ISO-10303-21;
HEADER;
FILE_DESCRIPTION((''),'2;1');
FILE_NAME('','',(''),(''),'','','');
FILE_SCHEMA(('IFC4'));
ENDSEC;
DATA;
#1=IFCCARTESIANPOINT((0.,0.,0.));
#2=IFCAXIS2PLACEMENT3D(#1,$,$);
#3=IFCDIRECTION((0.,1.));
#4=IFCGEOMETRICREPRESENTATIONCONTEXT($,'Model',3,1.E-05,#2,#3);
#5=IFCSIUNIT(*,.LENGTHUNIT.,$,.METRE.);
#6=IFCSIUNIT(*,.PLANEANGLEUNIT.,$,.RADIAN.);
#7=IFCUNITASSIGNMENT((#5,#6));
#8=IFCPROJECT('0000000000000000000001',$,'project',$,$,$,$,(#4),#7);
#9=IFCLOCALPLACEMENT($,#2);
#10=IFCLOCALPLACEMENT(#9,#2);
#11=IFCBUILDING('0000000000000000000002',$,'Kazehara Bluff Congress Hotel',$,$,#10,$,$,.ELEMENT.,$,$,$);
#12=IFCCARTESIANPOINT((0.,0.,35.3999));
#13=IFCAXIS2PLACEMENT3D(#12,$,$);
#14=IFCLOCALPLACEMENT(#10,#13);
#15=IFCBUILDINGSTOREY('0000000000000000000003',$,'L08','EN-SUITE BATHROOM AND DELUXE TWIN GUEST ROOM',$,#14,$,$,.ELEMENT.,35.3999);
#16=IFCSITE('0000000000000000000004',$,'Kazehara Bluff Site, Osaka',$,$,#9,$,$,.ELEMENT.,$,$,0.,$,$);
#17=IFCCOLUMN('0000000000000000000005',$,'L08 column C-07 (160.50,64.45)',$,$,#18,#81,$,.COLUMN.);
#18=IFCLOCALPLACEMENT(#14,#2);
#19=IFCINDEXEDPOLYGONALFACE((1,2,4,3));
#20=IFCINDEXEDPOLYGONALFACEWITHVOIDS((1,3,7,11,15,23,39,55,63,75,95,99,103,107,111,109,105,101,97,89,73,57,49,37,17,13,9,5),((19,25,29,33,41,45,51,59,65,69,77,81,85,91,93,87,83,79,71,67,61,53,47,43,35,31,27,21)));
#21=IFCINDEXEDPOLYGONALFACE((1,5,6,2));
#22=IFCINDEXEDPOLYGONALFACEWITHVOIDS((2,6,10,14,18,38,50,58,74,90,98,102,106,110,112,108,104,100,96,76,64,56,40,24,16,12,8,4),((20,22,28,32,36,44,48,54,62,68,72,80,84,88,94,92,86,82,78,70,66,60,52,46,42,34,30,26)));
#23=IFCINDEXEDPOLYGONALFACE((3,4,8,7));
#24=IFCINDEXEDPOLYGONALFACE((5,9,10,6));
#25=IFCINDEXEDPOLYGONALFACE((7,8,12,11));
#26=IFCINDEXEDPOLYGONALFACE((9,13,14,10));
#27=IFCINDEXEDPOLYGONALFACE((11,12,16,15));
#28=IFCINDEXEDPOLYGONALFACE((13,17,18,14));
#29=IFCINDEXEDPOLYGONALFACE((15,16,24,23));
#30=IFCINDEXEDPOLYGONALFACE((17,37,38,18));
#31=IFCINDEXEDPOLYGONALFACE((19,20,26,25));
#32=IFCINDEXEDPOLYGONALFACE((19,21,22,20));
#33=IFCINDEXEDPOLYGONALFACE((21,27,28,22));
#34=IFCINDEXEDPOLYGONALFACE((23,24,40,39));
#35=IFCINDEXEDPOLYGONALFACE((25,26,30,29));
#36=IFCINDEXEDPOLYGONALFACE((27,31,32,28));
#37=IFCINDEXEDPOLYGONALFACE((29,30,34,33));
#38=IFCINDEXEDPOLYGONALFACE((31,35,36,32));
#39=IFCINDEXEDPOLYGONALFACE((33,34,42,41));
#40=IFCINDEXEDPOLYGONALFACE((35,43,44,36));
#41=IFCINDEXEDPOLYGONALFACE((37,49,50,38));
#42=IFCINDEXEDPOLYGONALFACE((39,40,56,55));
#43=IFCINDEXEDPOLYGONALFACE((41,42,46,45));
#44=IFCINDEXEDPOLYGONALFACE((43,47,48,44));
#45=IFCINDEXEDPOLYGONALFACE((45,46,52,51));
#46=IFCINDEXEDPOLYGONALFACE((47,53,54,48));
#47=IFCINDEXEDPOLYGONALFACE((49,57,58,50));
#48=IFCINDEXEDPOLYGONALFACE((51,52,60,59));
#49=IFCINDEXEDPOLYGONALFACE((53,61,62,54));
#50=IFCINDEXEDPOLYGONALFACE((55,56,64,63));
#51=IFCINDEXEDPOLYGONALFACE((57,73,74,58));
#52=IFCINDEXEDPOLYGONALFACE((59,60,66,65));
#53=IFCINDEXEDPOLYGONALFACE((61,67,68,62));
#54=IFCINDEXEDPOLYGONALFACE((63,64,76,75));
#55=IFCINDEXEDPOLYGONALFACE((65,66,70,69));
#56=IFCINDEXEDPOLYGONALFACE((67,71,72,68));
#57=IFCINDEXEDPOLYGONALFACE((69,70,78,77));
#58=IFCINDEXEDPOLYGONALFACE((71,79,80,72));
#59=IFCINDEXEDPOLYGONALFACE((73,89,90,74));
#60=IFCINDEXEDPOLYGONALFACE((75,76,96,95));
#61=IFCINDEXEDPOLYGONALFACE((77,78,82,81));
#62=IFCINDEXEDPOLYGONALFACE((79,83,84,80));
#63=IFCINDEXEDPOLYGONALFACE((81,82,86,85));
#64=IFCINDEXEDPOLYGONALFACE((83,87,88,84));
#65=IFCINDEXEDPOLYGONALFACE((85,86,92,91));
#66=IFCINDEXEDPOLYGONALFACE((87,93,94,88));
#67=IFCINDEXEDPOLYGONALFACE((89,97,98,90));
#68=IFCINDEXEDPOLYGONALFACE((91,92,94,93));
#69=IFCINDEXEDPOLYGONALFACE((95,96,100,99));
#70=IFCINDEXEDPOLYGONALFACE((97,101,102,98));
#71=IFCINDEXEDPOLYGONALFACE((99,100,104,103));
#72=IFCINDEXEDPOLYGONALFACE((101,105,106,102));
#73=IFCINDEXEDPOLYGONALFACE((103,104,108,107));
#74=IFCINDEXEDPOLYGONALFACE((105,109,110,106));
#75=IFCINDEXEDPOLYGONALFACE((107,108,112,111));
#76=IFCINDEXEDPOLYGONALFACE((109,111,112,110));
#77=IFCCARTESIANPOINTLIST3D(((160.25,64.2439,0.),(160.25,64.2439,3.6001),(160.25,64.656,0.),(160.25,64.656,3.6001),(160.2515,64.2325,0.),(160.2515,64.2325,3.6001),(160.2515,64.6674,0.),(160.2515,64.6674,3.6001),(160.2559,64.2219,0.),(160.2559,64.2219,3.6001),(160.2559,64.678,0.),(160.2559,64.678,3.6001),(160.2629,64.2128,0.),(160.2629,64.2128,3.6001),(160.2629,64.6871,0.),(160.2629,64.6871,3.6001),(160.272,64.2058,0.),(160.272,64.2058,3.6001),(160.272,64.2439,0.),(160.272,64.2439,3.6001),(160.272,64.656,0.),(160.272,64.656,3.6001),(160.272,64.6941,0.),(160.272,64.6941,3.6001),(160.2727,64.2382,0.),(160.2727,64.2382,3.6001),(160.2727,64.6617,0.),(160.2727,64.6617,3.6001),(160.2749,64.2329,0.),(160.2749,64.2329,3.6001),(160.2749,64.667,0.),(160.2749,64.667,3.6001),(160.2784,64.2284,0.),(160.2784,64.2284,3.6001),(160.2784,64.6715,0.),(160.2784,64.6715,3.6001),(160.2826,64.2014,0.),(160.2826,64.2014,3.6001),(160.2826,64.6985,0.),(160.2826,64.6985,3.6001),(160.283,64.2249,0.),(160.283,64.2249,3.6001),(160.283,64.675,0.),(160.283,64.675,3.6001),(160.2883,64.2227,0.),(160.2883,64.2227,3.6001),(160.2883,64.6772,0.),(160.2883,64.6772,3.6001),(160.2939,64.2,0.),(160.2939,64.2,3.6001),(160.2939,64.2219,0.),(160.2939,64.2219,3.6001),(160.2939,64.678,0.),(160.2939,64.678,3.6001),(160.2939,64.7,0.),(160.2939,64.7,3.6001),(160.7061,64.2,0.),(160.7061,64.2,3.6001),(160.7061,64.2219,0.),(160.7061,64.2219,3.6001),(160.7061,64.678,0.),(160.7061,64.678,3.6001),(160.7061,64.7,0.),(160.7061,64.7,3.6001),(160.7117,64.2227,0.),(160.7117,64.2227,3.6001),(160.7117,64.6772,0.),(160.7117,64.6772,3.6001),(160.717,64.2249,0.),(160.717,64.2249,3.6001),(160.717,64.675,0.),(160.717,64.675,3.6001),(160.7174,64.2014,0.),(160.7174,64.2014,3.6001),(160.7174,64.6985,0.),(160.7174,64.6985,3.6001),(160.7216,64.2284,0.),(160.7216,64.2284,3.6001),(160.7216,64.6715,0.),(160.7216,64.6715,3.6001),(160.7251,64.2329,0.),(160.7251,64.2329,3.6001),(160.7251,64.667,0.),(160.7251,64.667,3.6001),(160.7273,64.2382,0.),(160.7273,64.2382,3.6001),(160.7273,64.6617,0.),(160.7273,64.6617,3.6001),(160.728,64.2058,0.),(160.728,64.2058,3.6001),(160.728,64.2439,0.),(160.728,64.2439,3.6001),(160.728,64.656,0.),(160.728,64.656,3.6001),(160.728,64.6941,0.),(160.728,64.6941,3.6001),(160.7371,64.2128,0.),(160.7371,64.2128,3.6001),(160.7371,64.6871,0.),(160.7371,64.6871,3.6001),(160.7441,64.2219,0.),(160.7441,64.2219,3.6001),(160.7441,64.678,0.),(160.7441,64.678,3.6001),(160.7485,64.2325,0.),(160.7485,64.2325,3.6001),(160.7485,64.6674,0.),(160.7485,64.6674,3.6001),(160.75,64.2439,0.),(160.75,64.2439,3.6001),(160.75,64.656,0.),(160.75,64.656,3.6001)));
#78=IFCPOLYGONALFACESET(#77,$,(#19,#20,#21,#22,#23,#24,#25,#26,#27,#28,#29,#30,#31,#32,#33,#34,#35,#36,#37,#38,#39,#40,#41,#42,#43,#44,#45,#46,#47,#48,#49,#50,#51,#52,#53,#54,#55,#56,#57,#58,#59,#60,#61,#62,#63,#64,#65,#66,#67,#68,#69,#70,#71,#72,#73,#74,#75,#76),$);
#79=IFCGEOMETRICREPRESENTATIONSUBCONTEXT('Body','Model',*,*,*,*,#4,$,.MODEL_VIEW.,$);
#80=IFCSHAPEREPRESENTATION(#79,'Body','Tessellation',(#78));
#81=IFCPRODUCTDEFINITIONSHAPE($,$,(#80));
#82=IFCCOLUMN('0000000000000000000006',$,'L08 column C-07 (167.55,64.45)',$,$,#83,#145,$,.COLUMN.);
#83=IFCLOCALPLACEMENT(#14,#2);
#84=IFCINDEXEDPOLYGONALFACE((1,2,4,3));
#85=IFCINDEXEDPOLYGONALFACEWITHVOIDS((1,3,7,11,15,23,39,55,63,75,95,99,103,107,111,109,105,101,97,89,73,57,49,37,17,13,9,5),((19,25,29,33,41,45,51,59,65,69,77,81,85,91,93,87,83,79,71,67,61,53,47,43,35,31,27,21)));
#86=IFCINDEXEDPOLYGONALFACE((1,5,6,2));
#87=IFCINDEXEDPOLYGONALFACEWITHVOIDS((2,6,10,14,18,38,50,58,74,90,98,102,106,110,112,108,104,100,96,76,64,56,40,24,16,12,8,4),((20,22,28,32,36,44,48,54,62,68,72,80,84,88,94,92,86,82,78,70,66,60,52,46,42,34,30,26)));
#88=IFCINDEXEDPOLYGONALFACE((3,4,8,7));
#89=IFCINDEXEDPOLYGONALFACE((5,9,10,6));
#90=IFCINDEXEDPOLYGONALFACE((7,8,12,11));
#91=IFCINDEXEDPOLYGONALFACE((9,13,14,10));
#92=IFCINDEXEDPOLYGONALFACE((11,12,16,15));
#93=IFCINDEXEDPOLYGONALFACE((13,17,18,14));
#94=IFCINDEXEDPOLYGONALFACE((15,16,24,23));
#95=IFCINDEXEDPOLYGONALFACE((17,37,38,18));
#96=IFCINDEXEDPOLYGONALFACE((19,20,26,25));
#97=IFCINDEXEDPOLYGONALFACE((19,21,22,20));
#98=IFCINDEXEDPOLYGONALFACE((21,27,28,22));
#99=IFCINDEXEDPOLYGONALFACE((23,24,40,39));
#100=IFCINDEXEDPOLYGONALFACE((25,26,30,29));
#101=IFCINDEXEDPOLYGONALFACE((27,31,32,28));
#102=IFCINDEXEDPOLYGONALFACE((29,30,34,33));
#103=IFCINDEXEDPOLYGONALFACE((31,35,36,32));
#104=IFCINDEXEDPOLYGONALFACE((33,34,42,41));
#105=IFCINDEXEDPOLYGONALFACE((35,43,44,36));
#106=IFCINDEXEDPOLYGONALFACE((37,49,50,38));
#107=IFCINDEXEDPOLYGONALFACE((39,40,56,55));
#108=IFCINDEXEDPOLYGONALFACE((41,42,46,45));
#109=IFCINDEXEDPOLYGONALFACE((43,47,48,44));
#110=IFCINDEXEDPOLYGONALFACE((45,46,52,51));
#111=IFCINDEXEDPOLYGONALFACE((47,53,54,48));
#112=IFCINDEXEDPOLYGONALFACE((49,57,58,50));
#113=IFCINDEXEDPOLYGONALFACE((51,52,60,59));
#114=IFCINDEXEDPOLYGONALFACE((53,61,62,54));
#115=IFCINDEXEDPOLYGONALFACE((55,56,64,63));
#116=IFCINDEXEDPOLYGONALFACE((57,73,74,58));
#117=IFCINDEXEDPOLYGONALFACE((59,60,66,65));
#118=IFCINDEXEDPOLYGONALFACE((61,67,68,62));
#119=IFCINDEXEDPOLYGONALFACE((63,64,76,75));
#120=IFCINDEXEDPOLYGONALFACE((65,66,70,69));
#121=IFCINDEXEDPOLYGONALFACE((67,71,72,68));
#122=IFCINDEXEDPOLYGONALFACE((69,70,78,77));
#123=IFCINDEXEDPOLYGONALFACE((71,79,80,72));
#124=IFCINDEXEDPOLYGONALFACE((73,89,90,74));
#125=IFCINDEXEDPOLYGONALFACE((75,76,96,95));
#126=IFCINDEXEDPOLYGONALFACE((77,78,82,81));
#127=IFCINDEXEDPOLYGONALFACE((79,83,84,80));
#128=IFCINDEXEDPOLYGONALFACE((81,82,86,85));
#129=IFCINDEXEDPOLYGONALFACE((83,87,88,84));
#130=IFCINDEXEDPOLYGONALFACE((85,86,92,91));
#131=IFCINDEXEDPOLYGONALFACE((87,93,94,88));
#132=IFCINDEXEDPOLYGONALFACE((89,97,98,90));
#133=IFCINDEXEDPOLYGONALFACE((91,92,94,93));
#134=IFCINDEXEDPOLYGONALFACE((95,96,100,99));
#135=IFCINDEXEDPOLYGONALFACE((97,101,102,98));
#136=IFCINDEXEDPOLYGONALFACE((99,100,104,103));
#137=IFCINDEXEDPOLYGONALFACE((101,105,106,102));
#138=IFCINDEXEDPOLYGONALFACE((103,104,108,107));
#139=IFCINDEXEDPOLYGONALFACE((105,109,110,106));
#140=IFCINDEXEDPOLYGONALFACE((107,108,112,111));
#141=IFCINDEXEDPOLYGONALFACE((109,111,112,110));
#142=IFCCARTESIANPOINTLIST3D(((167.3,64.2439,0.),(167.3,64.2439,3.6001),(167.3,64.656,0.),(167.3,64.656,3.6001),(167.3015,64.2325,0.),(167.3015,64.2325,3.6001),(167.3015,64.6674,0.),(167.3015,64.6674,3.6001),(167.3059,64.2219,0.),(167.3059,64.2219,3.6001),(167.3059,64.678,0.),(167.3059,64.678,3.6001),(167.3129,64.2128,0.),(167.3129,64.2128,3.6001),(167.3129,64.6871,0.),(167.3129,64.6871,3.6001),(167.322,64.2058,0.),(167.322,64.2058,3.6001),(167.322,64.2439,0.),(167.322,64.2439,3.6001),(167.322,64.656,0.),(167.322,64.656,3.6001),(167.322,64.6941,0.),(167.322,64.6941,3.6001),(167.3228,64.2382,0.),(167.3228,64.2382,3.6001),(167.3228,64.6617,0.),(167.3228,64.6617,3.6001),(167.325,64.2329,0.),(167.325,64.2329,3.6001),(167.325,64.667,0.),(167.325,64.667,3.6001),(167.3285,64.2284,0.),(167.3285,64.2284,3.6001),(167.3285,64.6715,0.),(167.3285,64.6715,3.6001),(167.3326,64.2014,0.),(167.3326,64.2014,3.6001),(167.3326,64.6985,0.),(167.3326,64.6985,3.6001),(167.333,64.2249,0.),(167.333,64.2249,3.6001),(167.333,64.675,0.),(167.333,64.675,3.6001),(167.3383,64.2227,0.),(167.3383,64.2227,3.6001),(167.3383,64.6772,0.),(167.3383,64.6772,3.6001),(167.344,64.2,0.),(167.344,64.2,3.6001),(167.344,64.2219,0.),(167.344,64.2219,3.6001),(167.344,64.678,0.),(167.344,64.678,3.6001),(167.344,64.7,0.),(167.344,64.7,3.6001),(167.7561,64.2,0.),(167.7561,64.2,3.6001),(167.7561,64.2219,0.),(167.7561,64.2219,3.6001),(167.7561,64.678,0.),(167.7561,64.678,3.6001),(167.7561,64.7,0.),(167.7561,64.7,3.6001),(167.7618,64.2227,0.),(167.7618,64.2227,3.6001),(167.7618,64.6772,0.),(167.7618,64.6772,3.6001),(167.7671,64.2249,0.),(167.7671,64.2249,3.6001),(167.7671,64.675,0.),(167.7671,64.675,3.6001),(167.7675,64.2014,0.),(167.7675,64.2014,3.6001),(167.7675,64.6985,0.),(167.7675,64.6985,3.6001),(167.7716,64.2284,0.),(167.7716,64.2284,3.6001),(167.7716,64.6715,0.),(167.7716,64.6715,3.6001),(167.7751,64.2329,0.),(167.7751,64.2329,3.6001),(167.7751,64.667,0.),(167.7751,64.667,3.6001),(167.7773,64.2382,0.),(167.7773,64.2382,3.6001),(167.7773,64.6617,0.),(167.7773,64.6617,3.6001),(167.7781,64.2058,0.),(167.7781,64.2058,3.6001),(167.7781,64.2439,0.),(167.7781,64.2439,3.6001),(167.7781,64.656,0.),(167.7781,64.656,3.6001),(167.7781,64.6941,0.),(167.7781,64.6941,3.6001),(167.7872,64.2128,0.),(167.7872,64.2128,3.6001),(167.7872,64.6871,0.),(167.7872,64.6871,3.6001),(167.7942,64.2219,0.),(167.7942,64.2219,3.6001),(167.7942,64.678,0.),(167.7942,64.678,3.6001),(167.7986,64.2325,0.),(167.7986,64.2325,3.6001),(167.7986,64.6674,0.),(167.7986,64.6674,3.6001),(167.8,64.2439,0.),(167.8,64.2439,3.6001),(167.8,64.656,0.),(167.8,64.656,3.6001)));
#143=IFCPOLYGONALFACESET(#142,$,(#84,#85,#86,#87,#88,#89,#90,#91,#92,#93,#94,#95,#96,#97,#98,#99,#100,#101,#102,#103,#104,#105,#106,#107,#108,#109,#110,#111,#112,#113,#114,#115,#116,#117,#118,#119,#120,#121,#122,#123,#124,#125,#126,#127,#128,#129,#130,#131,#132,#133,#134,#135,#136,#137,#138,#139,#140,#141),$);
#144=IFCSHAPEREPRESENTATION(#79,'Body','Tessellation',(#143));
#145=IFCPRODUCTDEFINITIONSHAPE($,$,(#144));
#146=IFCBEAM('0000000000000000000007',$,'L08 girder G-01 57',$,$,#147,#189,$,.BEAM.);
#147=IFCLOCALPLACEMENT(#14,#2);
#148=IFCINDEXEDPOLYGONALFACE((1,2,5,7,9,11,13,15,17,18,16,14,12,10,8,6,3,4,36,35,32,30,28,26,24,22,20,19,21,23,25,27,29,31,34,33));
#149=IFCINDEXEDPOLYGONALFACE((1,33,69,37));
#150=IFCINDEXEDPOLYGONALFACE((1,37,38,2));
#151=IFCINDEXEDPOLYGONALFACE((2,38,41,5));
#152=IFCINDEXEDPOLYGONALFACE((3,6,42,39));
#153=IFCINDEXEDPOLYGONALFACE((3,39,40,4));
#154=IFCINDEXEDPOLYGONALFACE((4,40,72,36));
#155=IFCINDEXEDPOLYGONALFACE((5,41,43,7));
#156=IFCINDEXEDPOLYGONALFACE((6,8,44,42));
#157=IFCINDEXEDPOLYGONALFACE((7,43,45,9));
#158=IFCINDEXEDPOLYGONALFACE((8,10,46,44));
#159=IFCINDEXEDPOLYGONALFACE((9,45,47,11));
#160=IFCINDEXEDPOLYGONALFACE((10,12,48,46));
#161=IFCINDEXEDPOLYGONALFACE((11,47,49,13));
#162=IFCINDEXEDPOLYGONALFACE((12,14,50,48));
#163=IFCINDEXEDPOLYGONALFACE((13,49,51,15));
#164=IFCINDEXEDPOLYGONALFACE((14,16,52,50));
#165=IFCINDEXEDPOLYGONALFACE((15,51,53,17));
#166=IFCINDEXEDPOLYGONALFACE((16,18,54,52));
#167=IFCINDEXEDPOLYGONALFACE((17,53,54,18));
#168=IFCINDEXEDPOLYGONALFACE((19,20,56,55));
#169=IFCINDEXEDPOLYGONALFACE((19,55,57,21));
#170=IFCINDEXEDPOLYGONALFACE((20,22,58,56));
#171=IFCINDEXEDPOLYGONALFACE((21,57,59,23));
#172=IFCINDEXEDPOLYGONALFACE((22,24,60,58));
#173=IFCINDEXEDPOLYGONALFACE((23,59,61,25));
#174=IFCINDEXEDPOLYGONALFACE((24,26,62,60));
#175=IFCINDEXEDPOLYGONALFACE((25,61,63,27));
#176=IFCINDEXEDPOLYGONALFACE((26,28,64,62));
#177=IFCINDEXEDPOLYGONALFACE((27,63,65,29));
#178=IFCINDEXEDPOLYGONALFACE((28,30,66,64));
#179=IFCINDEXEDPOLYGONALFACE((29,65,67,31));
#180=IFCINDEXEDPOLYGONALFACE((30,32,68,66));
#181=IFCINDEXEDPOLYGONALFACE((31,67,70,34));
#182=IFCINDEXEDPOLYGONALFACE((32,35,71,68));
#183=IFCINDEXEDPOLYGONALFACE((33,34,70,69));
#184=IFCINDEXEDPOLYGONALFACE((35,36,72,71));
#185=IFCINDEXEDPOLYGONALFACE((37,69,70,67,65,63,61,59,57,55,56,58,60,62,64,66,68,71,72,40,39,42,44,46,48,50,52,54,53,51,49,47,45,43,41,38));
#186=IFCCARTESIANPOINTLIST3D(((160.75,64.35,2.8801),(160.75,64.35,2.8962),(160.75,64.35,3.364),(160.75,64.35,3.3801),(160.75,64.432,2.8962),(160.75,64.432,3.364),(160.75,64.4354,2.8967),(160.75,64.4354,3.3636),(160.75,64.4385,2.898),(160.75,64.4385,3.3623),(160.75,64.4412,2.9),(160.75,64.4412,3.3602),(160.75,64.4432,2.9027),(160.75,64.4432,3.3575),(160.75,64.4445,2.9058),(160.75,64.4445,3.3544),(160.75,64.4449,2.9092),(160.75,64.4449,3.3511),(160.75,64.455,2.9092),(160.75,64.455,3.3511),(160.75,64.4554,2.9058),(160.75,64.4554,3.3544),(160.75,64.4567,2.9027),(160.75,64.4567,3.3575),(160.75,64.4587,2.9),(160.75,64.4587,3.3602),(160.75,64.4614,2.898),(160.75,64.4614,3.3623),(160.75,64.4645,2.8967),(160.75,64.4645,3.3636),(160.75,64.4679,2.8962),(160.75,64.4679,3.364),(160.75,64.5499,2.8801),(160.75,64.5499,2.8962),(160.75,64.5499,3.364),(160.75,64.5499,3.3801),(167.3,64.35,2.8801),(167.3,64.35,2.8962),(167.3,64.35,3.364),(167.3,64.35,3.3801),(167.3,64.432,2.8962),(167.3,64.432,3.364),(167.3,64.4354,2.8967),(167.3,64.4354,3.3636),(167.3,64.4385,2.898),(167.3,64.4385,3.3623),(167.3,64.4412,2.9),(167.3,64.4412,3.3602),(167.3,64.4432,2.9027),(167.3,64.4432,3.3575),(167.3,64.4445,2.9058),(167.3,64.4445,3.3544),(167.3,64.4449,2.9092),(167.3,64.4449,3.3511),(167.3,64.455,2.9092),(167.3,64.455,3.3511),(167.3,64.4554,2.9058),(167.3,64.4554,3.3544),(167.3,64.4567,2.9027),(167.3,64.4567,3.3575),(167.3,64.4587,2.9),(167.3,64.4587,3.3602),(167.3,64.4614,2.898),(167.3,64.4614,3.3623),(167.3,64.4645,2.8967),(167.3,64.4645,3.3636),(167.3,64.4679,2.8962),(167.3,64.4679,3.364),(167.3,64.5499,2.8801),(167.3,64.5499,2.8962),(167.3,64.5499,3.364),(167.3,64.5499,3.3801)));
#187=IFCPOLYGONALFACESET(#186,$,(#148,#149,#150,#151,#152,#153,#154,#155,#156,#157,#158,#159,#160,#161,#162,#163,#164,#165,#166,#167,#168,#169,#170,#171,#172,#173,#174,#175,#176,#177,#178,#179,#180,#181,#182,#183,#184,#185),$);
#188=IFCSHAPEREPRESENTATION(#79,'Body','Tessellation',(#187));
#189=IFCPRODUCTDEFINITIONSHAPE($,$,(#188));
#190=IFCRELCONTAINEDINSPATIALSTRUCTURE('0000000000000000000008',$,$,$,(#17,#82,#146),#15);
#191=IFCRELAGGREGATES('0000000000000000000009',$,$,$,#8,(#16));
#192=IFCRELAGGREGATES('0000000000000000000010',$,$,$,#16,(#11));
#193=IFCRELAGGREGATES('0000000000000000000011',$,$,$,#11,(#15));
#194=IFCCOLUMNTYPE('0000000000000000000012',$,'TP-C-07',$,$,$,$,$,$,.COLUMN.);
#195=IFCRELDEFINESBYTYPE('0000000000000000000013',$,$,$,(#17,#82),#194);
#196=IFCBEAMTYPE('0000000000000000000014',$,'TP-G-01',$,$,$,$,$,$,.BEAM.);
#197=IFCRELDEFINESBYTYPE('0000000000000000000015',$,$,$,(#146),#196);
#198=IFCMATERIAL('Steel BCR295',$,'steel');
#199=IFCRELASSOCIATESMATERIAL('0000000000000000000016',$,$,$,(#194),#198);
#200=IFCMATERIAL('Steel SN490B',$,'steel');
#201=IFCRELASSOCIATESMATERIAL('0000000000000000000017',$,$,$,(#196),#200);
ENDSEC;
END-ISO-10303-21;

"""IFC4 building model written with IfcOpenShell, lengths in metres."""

from ifc_helpers import new_model, si_unit, direction, frame, origin, origin_2d, place, context, subcontext, project, spatial, hollow_rectangle, i_section, extrude, material, material_profile, profile_set, type_object, element, save


model = new_model("IFC4")

# Units and contexts
model_context = context("Model", 3, precision=1e-05, world=origin(), true_north=direction((0.0, 1.0)))
body_context = subcontext(model_context, "Body", "Model", "MODEL_VIEW")
ifc_project = project(units=[si_unit("LENGTHUNIT", "METRE"), si_unit("PLANEANGLEUNIT", "RADIAN")], contexts=[model_context])

# Site, building, storey
site_placement = place(None, origin())
site = spatial("IfcSite", under=ifc_project, at=site_placement, Name="Kazehara Bluff Site, Osaka", CompositionType="ELEMENT", RefElevation=0.0)
building_placement = place(site_placement, origin())
building = spatial("IfcBuilding", under=site, at=building_placement, Name="Kazehara Bluff Congress Hotel", CompositionType="ELEMENT")
storey_placement = place(building_placement, frame((0.0, 0.0, 35.3999)))
storey = spatial("IfcBuildingStorey", under=building, at=storey_placement, Name="L08", Description="EN-SUITE BATHROOM AND DELUXE TWIN GUEST ROOM", CompositionType="ELEMENT", Elevation=35.3999)

# Columns
ifc_material_1 = material(Name="Steel BCR295", Category="steel")
ifc_material_profile_1 = material_profile(ifc_material_1, hollow_rectangle(XDim=0.5, YDim=0.5, WallThickness=0.022, InnerFilletRadius=0.022, OuterFilletRadius=0.0439, at=origin_2d()))
ifc_profile_set_1 = profile_set([ifc_material_profile_1], Name="Steel BCR295")
column_type = type_object("IfcColumnType", Name="TP-C-07", PredefinedType="COLUMN", material=ifc_profile_set_1)
for number, where, z_axis, x_axis, name in (
    (1, (160.5, 64.45, 0.0), (0.0, 0.0, 1.0), (1.0, 0.0, 0.0), "L08 column C-07 (160.50,64.45)"),
    (2, (167.55, 64.45, 0.0), (0.0, 0.0, 1.0), (1.0, 0.0, 0.0), "L08 column C-07 (167.55,64.45)"),
):
    element("IfcColumn", number, at=place(storey_placement, frame(where, z_axis=z_axis, x_axis=x_axis)), inside=storey, type_object=column_type, Name=name, PredefinedType="COLUMN", context=body_context, shape_type="SweptSolid", body=[
        extrude(hollow_rectangle(XDim=0.5, YDim=0.5, WallThickness=0.022, InnerFilletRadius=0.022, OuterFilletRadius=0.0439, at=origin_2d()), origin(), (0.0, 0.0, 1.0), 3.6001),
    ])

# Beam
ifc_material_2 = material(Name="Steel SN490B", Category="steel")
ifc_material_profile_2 = material_profile(ifc_material_2, i_section(OverallWidth=0.2, OverallDepth=0.5, WebThickness=0.01, FlangeThickness=0.0161, FilletRadius=0.0129, at=origin_2d()))
ifc_profile_set_2 = profile_set([ifc_material_profile_2], Name="Steel SN490B")
beam_type = type_object("IfcBeamType", Name="TP-G-01", PredefinedType="BEAM", material=ifc_profile_set_2)
beam_placement = place(storey_placement, frame((160.75, 64.45, 3.1301), z_axis=(1.0, 0.0, 0.0), x_axis=(0.0, 1.0, 0.0)))
element("IfcBeam", 3, at=beam_placement, inside=storey, type_object=beam_type, Name="L08 girder G-01 57", PredefinedType="BEAM", context=body_context, shape_type="SweptSolid", body=[
    extrude(i_section(OverallWidth=0.2, OverallDepth=0.5, WebThickness=0.01, FlangeThickness=0.0161, FilletRadius=0.0129, at=origin_2d()), origin(), (0.0, 0.0, 1.0), 6.55),
])

save(model, "model.ifc")
